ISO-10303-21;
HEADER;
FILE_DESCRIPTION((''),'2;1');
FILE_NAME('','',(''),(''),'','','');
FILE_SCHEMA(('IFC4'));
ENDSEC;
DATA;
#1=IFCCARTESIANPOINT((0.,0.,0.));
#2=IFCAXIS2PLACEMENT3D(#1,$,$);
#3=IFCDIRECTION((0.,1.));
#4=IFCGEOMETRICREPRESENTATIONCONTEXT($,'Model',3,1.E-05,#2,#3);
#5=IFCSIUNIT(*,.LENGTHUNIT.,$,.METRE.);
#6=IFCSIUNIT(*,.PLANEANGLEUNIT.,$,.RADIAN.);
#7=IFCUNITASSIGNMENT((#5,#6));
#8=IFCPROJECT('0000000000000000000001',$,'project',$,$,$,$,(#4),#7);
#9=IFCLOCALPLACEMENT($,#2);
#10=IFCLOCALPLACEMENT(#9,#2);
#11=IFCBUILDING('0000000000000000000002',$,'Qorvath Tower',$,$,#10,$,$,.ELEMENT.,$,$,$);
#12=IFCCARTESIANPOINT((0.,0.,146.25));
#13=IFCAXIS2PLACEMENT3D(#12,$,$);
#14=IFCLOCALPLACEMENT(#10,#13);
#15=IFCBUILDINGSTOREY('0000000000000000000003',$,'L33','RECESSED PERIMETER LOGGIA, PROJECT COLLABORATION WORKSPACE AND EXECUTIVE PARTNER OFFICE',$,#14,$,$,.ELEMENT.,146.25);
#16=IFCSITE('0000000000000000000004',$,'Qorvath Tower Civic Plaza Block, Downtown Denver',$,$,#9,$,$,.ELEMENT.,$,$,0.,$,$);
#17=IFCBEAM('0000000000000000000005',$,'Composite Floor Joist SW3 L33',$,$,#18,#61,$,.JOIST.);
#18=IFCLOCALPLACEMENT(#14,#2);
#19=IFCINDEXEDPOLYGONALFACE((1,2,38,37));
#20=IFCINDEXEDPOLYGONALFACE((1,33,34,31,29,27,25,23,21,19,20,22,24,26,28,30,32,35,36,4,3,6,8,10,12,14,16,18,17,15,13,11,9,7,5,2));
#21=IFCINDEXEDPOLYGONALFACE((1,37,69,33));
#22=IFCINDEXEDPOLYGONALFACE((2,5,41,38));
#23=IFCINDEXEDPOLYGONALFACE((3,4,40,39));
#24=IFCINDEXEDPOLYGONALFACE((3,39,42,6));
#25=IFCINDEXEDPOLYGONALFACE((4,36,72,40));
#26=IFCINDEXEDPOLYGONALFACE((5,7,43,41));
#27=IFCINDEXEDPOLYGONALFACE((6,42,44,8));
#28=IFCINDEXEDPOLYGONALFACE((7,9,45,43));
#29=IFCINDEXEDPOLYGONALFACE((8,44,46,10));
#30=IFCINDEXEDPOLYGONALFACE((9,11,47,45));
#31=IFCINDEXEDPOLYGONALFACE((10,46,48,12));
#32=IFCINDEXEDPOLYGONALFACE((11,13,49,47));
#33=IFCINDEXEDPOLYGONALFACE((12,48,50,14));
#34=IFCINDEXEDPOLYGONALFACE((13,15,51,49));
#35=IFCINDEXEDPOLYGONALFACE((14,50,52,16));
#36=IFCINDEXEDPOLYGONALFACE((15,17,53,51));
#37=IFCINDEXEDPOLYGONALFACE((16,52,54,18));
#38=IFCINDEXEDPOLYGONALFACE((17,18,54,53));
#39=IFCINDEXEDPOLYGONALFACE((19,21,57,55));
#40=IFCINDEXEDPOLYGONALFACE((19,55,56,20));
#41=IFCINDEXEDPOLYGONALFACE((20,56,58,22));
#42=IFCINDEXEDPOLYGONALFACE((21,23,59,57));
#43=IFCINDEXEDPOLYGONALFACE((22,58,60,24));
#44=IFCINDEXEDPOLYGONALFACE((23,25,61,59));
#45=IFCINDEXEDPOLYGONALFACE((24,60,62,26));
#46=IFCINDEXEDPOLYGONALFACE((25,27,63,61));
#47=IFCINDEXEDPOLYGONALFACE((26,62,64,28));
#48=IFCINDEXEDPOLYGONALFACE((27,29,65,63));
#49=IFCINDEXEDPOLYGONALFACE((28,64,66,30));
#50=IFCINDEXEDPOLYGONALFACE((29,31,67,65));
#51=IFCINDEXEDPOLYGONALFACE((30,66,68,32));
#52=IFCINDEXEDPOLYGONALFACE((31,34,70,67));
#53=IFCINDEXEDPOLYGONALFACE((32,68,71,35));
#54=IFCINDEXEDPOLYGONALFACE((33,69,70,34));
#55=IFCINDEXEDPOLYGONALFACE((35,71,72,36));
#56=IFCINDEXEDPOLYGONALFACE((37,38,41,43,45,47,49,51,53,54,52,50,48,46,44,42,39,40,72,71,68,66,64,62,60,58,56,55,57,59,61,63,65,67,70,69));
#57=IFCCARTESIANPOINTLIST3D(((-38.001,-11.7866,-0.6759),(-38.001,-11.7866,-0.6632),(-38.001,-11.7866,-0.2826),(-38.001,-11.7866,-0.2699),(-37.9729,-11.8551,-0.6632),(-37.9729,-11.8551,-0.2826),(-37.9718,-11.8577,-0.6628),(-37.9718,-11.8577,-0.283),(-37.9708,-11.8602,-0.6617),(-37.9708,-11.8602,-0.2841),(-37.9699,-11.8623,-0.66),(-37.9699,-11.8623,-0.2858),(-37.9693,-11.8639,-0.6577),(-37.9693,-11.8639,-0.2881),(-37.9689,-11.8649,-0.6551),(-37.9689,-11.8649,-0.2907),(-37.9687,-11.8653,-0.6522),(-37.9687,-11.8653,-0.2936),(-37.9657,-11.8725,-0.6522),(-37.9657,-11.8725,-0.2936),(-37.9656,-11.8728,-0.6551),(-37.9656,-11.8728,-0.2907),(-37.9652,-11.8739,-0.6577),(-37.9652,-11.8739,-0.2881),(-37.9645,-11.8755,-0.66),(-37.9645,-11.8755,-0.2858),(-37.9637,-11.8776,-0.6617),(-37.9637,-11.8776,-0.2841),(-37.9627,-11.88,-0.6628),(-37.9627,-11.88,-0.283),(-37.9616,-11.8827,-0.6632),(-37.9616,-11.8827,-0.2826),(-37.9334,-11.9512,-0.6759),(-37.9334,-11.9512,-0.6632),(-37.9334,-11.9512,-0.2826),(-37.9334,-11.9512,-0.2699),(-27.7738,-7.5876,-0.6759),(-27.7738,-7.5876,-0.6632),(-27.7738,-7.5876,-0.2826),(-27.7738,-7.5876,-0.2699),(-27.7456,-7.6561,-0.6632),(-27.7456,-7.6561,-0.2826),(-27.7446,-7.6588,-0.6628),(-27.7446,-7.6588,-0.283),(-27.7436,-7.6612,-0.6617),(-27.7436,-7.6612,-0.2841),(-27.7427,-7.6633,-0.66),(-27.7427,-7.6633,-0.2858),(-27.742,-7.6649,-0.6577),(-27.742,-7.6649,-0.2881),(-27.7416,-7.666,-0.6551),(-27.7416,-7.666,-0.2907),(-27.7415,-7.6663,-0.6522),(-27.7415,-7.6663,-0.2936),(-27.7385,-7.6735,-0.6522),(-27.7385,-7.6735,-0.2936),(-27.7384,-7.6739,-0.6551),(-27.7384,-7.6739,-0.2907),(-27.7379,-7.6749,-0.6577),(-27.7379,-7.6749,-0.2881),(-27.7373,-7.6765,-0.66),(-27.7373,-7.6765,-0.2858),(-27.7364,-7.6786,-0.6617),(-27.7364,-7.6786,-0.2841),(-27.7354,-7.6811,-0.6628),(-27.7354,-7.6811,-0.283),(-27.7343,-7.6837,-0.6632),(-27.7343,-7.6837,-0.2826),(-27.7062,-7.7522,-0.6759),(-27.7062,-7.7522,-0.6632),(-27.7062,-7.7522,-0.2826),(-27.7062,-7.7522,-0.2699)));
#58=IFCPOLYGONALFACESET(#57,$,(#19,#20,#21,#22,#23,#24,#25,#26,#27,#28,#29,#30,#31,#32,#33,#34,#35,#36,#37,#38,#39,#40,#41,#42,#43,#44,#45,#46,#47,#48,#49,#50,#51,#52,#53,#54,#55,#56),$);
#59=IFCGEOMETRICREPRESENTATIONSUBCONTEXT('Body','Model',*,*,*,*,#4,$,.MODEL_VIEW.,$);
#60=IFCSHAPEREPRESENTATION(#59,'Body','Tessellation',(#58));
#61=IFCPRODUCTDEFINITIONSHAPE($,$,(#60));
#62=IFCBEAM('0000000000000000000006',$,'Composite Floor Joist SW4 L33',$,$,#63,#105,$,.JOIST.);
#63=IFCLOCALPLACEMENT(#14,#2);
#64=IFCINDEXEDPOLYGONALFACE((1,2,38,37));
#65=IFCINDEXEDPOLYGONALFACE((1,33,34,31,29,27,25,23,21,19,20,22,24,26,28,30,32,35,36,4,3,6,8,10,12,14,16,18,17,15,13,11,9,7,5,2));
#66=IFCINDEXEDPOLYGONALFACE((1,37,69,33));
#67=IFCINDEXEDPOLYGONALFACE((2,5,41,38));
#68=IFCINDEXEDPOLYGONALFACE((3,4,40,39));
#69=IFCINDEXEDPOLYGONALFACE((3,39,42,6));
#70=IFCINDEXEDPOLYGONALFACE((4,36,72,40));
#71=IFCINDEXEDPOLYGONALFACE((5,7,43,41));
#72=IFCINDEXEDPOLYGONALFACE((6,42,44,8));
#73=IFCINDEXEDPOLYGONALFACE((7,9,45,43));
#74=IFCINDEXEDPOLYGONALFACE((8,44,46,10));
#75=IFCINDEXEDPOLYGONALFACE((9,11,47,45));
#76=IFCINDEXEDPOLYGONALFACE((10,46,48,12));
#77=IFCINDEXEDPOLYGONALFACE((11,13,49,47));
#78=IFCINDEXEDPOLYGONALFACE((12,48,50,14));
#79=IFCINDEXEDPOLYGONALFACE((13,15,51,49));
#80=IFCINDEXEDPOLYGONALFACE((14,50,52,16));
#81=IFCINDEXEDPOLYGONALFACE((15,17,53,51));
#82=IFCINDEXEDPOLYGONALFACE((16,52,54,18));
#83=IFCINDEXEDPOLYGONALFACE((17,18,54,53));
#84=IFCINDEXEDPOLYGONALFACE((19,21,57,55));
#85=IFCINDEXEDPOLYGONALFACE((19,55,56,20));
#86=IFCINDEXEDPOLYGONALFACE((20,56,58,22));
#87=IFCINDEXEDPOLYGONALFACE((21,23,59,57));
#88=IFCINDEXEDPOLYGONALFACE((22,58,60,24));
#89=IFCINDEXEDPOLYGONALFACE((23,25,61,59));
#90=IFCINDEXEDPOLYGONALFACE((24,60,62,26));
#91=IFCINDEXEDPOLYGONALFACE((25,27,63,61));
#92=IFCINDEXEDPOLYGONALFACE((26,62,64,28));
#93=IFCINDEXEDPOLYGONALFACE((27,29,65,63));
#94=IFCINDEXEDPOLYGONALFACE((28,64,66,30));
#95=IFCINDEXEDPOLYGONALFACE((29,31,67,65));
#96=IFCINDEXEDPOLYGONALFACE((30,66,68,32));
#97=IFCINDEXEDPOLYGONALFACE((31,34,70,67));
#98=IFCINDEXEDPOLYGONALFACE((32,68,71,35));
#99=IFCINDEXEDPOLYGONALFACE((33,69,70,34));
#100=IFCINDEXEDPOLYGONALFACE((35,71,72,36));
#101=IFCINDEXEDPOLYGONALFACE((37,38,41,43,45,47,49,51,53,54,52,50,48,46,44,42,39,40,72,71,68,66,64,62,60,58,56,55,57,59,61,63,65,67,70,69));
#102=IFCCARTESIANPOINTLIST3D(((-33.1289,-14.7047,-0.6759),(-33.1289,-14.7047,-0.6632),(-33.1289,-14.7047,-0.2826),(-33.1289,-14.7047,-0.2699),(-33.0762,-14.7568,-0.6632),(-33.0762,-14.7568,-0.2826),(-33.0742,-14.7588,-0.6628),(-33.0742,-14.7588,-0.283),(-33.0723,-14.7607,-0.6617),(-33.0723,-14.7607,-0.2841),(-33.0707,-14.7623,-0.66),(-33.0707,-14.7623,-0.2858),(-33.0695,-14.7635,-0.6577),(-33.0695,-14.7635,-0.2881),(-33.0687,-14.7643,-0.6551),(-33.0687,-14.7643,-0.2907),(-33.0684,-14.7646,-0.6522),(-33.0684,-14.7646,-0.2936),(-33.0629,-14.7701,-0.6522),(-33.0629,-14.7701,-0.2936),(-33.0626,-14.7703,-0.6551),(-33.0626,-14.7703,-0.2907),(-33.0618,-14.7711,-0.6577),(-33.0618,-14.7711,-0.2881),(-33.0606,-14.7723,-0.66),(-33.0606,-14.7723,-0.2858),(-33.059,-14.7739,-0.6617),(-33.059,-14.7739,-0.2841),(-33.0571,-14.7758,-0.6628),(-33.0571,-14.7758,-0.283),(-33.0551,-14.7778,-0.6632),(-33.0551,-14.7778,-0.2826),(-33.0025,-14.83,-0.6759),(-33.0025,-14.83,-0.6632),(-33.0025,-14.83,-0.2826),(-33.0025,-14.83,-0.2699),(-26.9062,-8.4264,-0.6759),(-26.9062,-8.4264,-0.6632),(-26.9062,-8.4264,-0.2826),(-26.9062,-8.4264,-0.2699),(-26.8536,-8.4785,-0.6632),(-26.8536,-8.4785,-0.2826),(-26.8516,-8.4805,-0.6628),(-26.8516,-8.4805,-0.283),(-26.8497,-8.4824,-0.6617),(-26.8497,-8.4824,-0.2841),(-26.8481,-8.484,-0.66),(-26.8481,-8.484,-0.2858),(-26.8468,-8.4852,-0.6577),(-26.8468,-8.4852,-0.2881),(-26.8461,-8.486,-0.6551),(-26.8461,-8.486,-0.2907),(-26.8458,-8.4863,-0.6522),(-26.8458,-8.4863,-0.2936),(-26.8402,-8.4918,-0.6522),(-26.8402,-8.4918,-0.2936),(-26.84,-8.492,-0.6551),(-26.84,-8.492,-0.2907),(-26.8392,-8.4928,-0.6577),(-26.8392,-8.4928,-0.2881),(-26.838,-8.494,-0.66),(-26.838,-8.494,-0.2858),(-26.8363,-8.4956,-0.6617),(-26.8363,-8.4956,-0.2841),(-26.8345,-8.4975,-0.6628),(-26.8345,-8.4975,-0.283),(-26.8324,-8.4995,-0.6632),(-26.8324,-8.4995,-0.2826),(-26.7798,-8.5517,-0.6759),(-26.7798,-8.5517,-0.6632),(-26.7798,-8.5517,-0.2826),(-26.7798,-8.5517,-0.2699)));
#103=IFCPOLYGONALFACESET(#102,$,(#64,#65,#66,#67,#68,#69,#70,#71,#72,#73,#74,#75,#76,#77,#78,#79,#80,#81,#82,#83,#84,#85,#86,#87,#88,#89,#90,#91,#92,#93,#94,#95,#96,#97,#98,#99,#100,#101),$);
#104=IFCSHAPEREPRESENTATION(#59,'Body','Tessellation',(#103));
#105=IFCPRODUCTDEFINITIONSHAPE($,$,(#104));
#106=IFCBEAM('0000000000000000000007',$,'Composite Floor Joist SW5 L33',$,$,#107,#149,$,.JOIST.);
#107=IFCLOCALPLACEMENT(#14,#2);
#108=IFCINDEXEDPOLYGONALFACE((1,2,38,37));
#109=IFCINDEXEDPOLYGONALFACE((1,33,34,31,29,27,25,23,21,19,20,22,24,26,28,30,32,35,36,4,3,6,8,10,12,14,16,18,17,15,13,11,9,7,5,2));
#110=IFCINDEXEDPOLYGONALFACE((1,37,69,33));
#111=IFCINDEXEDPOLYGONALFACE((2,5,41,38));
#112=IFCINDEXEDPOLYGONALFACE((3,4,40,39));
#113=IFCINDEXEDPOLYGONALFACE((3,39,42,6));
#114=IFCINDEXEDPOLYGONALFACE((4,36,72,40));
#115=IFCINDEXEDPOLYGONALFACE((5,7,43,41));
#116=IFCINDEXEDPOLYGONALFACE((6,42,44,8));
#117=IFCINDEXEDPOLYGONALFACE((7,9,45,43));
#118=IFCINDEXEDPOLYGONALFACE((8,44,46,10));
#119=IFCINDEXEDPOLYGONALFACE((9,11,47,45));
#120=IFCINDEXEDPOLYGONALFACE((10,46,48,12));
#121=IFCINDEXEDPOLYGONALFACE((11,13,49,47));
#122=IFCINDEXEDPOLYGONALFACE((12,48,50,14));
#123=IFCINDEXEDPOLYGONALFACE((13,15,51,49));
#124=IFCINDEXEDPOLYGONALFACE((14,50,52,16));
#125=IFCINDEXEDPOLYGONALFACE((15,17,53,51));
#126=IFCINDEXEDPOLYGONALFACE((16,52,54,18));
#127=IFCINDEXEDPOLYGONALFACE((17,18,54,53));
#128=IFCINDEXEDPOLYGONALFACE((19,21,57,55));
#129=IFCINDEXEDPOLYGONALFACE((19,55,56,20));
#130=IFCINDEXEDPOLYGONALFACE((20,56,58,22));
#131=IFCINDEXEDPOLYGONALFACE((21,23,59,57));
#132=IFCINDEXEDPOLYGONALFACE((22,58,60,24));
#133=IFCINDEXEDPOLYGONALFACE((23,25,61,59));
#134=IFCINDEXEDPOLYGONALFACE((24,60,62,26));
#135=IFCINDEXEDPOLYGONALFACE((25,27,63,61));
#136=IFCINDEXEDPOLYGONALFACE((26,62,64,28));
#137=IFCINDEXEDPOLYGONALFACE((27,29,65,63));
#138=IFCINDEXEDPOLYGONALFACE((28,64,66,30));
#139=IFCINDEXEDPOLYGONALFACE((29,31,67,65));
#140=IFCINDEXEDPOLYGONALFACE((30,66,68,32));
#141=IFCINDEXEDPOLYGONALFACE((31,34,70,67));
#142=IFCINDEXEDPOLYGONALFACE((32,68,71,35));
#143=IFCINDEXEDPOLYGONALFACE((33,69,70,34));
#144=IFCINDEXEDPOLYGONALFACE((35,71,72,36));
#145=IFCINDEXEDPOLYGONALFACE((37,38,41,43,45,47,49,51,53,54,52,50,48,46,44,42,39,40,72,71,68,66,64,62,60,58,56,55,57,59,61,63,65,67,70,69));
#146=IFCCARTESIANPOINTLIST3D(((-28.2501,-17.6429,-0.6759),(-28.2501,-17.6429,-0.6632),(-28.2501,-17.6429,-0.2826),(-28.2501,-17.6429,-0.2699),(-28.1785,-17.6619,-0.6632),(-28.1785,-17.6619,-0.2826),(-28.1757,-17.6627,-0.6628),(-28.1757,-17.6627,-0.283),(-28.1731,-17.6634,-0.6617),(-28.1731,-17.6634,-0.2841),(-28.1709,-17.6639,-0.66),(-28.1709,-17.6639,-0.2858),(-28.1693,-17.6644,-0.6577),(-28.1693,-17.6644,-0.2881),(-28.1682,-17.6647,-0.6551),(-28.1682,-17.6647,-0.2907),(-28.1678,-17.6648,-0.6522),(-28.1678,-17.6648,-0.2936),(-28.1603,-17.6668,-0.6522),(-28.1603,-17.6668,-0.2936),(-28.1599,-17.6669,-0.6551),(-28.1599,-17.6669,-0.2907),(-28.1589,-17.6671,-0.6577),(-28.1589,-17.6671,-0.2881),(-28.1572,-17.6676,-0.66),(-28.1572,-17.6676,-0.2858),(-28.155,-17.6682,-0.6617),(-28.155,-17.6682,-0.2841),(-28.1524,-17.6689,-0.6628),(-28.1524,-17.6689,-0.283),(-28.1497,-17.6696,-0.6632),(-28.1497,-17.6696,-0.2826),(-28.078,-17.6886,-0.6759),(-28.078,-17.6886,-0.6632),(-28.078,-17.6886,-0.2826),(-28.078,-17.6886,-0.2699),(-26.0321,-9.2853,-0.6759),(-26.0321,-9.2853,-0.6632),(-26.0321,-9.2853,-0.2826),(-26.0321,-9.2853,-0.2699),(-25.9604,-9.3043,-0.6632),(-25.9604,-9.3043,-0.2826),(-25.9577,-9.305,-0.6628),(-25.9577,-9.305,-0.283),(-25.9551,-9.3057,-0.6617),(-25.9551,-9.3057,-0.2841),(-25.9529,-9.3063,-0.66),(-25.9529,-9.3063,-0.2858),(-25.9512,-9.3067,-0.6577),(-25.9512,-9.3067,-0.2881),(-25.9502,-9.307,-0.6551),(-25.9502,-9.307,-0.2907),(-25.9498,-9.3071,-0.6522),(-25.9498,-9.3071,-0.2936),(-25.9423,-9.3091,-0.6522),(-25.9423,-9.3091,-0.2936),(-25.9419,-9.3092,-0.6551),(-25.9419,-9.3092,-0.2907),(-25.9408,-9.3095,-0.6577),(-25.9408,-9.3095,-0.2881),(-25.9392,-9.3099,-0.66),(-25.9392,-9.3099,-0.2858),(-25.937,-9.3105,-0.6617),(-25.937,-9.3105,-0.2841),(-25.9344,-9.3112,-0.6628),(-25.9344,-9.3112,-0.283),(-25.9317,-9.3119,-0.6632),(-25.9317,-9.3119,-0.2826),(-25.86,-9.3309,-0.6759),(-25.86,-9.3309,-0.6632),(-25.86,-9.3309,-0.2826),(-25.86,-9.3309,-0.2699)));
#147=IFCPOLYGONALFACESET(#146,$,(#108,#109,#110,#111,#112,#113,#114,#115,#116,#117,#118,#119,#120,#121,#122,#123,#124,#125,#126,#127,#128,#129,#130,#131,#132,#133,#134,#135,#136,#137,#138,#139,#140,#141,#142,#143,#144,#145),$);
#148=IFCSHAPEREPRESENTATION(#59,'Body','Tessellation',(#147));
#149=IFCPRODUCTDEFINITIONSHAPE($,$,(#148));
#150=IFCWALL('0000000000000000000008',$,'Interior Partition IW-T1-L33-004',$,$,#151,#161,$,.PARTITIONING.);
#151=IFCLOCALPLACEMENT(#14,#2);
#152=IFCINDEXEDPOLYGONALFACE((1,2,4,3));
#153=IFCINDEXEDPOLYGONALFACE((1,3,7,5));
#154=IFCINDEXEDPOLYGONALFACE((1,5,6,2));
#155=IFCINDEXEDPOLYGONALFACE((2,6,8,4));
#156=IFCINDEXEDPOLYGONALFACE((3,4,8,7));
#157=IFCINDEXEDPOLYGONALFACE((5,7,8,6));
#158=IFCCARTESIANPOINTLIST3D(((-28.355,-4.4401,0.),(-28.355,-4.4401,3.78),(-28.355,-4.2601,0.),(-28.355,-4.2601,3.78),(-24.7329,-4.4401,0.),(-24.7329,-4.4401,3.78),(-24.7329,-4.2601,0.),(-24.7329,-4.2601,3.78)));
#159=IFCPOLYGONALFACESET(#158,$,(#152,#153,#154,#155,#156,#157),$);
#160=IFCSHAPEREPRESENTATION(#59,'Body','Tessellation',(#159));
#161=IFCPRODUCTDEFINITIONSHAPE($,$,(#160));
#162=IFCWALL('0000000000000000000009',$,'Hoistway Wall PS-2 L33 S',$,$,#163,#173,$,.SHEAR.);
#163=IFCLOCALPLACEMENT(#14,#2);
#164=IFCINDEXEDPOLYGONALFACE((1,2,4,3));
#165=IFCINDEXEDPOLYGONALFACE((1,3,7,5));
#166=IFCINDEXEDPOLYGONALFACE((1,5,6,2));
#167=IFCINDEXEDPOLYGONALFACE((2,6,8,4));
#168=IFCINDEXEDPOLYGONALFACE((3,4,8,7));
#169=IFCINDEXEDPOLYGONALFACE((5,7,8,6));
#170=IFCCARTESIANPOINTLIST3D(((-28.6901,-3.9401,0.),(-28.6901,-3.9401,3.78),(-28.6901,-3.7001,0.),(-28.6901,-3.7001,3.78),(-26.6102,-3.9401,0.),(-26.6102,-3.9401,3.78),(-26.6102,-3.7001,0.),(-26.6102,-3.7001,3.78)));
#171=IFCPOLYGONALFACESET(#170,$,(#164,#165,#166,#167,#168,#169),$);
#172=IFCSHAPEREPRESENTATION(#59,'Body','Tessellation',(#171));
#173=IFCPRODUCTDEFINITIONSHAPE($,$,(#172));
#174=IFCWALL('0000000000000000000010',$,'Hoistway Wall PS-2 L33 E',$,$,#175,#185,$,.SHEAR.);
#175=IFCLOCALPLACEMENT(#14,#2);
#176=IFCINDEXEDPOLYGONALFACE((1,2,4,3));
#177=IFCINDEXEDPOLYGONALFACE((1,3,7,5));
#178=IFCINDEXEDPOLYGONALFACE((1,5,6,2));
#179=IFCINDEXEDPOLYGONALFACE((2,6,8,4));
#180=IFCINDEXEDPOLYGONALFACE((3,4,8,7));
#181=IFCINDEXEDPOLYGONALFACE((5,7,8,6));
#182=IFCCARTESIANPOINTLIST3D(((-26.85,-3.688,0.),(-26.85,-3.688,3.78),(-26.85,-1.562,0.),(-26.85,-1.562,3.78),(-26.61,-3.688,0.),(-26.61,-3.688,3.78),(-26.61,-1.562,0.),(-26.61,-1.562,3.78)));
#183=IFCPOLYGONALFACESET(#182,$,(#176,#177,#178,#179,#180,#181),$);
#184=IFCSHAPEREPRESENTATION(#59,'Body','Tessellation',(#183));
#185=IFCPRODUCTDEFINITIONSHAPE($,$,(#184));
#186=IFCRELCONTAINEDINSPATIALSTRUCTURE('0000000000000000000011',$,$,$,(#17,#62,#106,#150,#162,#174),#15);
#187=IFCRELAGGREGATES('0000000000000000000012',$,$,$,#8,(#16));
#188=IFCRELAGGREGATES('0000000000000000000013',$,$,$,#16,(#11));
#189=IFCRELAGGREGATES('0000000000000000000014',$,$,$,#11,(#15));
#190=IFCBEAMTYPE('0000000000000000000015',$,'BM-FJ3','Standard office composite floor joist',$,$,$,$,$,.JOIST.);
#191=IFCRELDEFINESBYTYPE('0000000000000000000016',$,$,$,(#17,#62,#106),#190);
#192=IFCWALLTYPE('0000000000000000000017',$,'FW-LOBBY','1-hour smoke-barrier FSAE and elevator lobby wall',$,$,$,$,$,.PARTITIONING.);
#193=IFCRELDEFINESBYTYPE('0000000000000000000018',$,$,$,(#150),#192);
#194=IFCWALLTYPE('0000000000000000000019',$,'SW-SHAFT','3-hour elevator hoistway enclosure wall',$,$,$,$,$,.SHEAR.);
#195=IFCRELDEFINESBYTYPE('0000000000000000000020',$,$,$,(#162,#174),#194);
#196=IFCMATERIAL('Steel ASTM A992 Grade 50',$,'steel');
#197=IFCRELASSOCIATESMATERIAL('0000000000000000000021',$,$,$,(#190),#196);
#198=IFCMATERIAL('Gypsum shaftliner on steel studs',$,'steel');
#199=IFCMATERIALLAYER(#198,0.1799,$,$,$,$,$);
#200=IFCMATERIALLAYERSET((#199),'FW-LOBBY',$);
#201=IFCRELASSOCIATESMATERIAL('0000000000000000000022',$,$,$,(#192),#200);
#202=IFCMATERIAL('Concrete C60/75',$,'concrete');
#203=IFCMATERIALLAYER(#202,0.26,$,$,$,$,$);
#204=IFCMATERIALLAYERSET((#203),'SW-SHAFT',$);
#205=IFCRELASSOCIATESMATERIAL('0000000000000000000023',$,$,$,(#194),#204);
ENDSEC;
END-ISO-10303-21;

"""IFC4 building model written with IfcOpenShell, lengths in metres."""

from ifc_helpers import new_model, si_unit, direction, frame, frame_2d, origin, origin_2d, place, context, subcontext, project, spatial, rectangle, i_section, extrude, material, layer, layer_set, material_profile, profile_set, type_object, element, save


model = new_model("IFC4")

# Units and contexts
model_context = context("Model", 3, precision=1e-05, world=origin(), true_north=direction((0.0, 1.0)))
body_context = subcontext(model_context, "Body", "Model", "MODEL_VIEW")
ifc_project = project(units=[si_unit("LENGTHUNIT", "METRE"), si_unit("PLANEANGLEUNIT", "RADIAN")], contexts=[model_context])

# Site, building, storey
site_placement = place(None, origin())
site = spatial("IfcSite", under=ifc_project, at=site_placement, Name="Qorvath Tower Civic Plaza Block, Downtown Denver", CompositionType="ELEMENT", RefElevation=0.0)
building_placement = place(site_placement, origin())
building = spatial("IfcBuilding", under=site, at=building_placement, Name="Qorvath Tower", CompositionType="ELEMENT")
storey_placement = place(building_placement, frame((0.0, 0.0, 146.25)))
storey = spatial("IfcBuildingStorey", under=building, at=storey_placement, Name="L33", Description="RECESSED PERIMETER LOGGIA, PROJECT COLLABORATION WORKSPACE AND EXECUTIVE PARTNER OFFICE", CompositionType="ELEMENT", Elevation=146.25)

# Beams
ifc_material_1 = material(Name="Steel ASTM A992 Grade 50", Category="steel")
ifc_material_profile = material_profile(ifc_material_1, i_section(OverallWidth=0.178, OverallDepth=0.406, WebThickness=0.0078, FlangeThickness=0.0127, FilletRadius=0.011, at=origin_2d()), Name="W16x40")
ifc_profile_set = profile_set([ifc_material_profile], Name="Steel ASTM A992 Grade 50")
beam_type = type_object("IfcBeamType", Name="BM-FJ3", Description="Standard office composite floor joist", PredefinedType="JOIST", material=ifc_profile_set)
beam_1_placement = place(storey_placement, frame((-27.74, -7.6699, -0.4729), z_axis=(-0.925068, -0.379801, 0.0), x_axis=(0.379801, -0.925068, 0.0)))
element("IfcBeam", 1, at=beam_1_placement, inside=storey, type_object=beam_type, Name="Composite Floor Joist SW3 L33", PredefinedType="JOIST", context=body_context, shape_type="SweptSolid", body=[
    extrude(i_section(OverallWidth=0.178, OverallDepth=0.406, WebThickness=0.0078, FlangeThickness=0.0127, FilletRadius=0.011, at=origin_2d()), origin(), (0.0, 0.0, 1.0), 11.0557),
])
beam_2_placement = place(storey_placement, frame((-26.843, -8.489, -0.4729), z_axis=(-0.703951, -0.710248, 0.0), x_axis=(0.710248, -0.703951, 0.0)))
element("IfcBeam", 2, at=beam_2_placement, inside=storey, type_object=beam_type, Name="Composite Floor Joist SW4 L33", PredefinedType="JOIST", context=body_context, shape_type="SweptSolid", body=[
    extrude(i_section(OverallWidth=0.178, OverallDepth=0.406, WebThickness=0.0078, FlangeThickness=0.0127, FilletRadius=0.011, at=origin_2d()), origin(), (0.0, 0.0, 1.0), 8.8396),
])
beam_3_placement = place(storey_placement, frame((-25.946, -9.3081, -0.4729), z_axis=(-0.256508, -0.966542, 0.0), x_axis=(0.966542, -0.256508, 0.0)))
element("IfcBeam", 3, at=beam_3_placement, inside=storey, type_object=beam_type, Name="Composite Floor Joist SW5 L33", PredefinedType="JOIST", context=body_context, shape_type="SweptSolid", body=[
    extrude(i_section(OverallWidth=0.178, OverallDepth=0.406, WebThickness=0.0078, FlangeThickness=0.0127, FilletRadius=0.011, at=origin_2d()), origin(), (0.0, 0.0, 1.0), 8.647),
])

# Walls
ifc_material_2 = material(Name="Gypsum shaftliner on steel studs", Category="steel")
ifc_layer_1 = layer(ifc_material_2, 0.1799)
ifc_layer_set_1 = layer_set([ifc_layer_1], Name="FW-LOBBY")
wall_type_1 = type_object("IfcWallType", Name="FW-LOBBY", Description="1-hour smoke-barrier FSAE and elevator lobby wall", PredefinedType="PARTITIONING", material=ifc_layer_set_1)
wall_1_placement = place(storey_placement, frame((-24.7329, -4.3501, 0.0), z_axis=(0.0, 0.0, 1.0), x_axis=(-1.0, 0.0, 0.0)))
element("IfcWall", 4, at=wall_1_placement, inside=storey, type_object=wall_type_1, Name="Interior Partition IW-T1-L33-004", PredefinedType="PARTITIONING", context=body_context, shape_type="SweptSolid", body=[
    extrude(rectangle(XDim=3.6221, YDim=0.1799, at=frame_2d((1.811, 0.0))), origin(), (0.0, 0.0, 1.0), 3.78),
])
ifc_material_3 = material(Name="Concrete C60/75", Category="concrete")
ifc_layer_2 = layer(ifc_material_3, 0.26)
ifc_layer_set_2 = layer_set([ifc_layer_2], Name="SW-SHAFT")
wall_type_2 = type_object("IfcWallType", Name="SW-SHAFT", Description="3-hour elevator hoistway enclosure wall", PredefinedType="SHEAR", material=ifc_layer_set_2)
wall_2_placement = place(storey_placement, frame((-26.6101, -3.8201, 0.0), z_axis=(0.0, 0.0, 1.0), x_axis=(-1.0, 0.0, 0.0)))
element("IfcWall", 5, at=wall_2_placement, inside=storey, type_object=wall_type_2, Name="Hoistway Wall PS-2 L33 S", PredefinedType="SHEAR", context=body_context, shape_type="SweptSolid", body=[
    extrude(rectangle(XDim=2.0798, YDim=0.24, at=frame_2d((1.04, 0.0))), origin(), (0.0, 0.0, 1.0), 3.78),
])
wall_3_placement = place(storey_placement, frame((-26.73, -1.562, 0.0), z_axis=(0.0, 0.0, 1.0), x_axis=(0.0, -1.0, 0.0)))
element("IfcWall", 6, at=wall_3_placement, inside=storey, type_object=wall_type_2, Name="Hoistway Wall PS-2 L33 E", PredefinedType="SHEAR", context=body_context, shape_type="SweptSolid", body=[
    extrude(rectangle(XDim=2.126, YDim=0.24, at=frame_2d((1.063, 0.0))), origin(), (0.0, 0.0, 1.0), 3.78),
])

save(model, "model.ifc")
